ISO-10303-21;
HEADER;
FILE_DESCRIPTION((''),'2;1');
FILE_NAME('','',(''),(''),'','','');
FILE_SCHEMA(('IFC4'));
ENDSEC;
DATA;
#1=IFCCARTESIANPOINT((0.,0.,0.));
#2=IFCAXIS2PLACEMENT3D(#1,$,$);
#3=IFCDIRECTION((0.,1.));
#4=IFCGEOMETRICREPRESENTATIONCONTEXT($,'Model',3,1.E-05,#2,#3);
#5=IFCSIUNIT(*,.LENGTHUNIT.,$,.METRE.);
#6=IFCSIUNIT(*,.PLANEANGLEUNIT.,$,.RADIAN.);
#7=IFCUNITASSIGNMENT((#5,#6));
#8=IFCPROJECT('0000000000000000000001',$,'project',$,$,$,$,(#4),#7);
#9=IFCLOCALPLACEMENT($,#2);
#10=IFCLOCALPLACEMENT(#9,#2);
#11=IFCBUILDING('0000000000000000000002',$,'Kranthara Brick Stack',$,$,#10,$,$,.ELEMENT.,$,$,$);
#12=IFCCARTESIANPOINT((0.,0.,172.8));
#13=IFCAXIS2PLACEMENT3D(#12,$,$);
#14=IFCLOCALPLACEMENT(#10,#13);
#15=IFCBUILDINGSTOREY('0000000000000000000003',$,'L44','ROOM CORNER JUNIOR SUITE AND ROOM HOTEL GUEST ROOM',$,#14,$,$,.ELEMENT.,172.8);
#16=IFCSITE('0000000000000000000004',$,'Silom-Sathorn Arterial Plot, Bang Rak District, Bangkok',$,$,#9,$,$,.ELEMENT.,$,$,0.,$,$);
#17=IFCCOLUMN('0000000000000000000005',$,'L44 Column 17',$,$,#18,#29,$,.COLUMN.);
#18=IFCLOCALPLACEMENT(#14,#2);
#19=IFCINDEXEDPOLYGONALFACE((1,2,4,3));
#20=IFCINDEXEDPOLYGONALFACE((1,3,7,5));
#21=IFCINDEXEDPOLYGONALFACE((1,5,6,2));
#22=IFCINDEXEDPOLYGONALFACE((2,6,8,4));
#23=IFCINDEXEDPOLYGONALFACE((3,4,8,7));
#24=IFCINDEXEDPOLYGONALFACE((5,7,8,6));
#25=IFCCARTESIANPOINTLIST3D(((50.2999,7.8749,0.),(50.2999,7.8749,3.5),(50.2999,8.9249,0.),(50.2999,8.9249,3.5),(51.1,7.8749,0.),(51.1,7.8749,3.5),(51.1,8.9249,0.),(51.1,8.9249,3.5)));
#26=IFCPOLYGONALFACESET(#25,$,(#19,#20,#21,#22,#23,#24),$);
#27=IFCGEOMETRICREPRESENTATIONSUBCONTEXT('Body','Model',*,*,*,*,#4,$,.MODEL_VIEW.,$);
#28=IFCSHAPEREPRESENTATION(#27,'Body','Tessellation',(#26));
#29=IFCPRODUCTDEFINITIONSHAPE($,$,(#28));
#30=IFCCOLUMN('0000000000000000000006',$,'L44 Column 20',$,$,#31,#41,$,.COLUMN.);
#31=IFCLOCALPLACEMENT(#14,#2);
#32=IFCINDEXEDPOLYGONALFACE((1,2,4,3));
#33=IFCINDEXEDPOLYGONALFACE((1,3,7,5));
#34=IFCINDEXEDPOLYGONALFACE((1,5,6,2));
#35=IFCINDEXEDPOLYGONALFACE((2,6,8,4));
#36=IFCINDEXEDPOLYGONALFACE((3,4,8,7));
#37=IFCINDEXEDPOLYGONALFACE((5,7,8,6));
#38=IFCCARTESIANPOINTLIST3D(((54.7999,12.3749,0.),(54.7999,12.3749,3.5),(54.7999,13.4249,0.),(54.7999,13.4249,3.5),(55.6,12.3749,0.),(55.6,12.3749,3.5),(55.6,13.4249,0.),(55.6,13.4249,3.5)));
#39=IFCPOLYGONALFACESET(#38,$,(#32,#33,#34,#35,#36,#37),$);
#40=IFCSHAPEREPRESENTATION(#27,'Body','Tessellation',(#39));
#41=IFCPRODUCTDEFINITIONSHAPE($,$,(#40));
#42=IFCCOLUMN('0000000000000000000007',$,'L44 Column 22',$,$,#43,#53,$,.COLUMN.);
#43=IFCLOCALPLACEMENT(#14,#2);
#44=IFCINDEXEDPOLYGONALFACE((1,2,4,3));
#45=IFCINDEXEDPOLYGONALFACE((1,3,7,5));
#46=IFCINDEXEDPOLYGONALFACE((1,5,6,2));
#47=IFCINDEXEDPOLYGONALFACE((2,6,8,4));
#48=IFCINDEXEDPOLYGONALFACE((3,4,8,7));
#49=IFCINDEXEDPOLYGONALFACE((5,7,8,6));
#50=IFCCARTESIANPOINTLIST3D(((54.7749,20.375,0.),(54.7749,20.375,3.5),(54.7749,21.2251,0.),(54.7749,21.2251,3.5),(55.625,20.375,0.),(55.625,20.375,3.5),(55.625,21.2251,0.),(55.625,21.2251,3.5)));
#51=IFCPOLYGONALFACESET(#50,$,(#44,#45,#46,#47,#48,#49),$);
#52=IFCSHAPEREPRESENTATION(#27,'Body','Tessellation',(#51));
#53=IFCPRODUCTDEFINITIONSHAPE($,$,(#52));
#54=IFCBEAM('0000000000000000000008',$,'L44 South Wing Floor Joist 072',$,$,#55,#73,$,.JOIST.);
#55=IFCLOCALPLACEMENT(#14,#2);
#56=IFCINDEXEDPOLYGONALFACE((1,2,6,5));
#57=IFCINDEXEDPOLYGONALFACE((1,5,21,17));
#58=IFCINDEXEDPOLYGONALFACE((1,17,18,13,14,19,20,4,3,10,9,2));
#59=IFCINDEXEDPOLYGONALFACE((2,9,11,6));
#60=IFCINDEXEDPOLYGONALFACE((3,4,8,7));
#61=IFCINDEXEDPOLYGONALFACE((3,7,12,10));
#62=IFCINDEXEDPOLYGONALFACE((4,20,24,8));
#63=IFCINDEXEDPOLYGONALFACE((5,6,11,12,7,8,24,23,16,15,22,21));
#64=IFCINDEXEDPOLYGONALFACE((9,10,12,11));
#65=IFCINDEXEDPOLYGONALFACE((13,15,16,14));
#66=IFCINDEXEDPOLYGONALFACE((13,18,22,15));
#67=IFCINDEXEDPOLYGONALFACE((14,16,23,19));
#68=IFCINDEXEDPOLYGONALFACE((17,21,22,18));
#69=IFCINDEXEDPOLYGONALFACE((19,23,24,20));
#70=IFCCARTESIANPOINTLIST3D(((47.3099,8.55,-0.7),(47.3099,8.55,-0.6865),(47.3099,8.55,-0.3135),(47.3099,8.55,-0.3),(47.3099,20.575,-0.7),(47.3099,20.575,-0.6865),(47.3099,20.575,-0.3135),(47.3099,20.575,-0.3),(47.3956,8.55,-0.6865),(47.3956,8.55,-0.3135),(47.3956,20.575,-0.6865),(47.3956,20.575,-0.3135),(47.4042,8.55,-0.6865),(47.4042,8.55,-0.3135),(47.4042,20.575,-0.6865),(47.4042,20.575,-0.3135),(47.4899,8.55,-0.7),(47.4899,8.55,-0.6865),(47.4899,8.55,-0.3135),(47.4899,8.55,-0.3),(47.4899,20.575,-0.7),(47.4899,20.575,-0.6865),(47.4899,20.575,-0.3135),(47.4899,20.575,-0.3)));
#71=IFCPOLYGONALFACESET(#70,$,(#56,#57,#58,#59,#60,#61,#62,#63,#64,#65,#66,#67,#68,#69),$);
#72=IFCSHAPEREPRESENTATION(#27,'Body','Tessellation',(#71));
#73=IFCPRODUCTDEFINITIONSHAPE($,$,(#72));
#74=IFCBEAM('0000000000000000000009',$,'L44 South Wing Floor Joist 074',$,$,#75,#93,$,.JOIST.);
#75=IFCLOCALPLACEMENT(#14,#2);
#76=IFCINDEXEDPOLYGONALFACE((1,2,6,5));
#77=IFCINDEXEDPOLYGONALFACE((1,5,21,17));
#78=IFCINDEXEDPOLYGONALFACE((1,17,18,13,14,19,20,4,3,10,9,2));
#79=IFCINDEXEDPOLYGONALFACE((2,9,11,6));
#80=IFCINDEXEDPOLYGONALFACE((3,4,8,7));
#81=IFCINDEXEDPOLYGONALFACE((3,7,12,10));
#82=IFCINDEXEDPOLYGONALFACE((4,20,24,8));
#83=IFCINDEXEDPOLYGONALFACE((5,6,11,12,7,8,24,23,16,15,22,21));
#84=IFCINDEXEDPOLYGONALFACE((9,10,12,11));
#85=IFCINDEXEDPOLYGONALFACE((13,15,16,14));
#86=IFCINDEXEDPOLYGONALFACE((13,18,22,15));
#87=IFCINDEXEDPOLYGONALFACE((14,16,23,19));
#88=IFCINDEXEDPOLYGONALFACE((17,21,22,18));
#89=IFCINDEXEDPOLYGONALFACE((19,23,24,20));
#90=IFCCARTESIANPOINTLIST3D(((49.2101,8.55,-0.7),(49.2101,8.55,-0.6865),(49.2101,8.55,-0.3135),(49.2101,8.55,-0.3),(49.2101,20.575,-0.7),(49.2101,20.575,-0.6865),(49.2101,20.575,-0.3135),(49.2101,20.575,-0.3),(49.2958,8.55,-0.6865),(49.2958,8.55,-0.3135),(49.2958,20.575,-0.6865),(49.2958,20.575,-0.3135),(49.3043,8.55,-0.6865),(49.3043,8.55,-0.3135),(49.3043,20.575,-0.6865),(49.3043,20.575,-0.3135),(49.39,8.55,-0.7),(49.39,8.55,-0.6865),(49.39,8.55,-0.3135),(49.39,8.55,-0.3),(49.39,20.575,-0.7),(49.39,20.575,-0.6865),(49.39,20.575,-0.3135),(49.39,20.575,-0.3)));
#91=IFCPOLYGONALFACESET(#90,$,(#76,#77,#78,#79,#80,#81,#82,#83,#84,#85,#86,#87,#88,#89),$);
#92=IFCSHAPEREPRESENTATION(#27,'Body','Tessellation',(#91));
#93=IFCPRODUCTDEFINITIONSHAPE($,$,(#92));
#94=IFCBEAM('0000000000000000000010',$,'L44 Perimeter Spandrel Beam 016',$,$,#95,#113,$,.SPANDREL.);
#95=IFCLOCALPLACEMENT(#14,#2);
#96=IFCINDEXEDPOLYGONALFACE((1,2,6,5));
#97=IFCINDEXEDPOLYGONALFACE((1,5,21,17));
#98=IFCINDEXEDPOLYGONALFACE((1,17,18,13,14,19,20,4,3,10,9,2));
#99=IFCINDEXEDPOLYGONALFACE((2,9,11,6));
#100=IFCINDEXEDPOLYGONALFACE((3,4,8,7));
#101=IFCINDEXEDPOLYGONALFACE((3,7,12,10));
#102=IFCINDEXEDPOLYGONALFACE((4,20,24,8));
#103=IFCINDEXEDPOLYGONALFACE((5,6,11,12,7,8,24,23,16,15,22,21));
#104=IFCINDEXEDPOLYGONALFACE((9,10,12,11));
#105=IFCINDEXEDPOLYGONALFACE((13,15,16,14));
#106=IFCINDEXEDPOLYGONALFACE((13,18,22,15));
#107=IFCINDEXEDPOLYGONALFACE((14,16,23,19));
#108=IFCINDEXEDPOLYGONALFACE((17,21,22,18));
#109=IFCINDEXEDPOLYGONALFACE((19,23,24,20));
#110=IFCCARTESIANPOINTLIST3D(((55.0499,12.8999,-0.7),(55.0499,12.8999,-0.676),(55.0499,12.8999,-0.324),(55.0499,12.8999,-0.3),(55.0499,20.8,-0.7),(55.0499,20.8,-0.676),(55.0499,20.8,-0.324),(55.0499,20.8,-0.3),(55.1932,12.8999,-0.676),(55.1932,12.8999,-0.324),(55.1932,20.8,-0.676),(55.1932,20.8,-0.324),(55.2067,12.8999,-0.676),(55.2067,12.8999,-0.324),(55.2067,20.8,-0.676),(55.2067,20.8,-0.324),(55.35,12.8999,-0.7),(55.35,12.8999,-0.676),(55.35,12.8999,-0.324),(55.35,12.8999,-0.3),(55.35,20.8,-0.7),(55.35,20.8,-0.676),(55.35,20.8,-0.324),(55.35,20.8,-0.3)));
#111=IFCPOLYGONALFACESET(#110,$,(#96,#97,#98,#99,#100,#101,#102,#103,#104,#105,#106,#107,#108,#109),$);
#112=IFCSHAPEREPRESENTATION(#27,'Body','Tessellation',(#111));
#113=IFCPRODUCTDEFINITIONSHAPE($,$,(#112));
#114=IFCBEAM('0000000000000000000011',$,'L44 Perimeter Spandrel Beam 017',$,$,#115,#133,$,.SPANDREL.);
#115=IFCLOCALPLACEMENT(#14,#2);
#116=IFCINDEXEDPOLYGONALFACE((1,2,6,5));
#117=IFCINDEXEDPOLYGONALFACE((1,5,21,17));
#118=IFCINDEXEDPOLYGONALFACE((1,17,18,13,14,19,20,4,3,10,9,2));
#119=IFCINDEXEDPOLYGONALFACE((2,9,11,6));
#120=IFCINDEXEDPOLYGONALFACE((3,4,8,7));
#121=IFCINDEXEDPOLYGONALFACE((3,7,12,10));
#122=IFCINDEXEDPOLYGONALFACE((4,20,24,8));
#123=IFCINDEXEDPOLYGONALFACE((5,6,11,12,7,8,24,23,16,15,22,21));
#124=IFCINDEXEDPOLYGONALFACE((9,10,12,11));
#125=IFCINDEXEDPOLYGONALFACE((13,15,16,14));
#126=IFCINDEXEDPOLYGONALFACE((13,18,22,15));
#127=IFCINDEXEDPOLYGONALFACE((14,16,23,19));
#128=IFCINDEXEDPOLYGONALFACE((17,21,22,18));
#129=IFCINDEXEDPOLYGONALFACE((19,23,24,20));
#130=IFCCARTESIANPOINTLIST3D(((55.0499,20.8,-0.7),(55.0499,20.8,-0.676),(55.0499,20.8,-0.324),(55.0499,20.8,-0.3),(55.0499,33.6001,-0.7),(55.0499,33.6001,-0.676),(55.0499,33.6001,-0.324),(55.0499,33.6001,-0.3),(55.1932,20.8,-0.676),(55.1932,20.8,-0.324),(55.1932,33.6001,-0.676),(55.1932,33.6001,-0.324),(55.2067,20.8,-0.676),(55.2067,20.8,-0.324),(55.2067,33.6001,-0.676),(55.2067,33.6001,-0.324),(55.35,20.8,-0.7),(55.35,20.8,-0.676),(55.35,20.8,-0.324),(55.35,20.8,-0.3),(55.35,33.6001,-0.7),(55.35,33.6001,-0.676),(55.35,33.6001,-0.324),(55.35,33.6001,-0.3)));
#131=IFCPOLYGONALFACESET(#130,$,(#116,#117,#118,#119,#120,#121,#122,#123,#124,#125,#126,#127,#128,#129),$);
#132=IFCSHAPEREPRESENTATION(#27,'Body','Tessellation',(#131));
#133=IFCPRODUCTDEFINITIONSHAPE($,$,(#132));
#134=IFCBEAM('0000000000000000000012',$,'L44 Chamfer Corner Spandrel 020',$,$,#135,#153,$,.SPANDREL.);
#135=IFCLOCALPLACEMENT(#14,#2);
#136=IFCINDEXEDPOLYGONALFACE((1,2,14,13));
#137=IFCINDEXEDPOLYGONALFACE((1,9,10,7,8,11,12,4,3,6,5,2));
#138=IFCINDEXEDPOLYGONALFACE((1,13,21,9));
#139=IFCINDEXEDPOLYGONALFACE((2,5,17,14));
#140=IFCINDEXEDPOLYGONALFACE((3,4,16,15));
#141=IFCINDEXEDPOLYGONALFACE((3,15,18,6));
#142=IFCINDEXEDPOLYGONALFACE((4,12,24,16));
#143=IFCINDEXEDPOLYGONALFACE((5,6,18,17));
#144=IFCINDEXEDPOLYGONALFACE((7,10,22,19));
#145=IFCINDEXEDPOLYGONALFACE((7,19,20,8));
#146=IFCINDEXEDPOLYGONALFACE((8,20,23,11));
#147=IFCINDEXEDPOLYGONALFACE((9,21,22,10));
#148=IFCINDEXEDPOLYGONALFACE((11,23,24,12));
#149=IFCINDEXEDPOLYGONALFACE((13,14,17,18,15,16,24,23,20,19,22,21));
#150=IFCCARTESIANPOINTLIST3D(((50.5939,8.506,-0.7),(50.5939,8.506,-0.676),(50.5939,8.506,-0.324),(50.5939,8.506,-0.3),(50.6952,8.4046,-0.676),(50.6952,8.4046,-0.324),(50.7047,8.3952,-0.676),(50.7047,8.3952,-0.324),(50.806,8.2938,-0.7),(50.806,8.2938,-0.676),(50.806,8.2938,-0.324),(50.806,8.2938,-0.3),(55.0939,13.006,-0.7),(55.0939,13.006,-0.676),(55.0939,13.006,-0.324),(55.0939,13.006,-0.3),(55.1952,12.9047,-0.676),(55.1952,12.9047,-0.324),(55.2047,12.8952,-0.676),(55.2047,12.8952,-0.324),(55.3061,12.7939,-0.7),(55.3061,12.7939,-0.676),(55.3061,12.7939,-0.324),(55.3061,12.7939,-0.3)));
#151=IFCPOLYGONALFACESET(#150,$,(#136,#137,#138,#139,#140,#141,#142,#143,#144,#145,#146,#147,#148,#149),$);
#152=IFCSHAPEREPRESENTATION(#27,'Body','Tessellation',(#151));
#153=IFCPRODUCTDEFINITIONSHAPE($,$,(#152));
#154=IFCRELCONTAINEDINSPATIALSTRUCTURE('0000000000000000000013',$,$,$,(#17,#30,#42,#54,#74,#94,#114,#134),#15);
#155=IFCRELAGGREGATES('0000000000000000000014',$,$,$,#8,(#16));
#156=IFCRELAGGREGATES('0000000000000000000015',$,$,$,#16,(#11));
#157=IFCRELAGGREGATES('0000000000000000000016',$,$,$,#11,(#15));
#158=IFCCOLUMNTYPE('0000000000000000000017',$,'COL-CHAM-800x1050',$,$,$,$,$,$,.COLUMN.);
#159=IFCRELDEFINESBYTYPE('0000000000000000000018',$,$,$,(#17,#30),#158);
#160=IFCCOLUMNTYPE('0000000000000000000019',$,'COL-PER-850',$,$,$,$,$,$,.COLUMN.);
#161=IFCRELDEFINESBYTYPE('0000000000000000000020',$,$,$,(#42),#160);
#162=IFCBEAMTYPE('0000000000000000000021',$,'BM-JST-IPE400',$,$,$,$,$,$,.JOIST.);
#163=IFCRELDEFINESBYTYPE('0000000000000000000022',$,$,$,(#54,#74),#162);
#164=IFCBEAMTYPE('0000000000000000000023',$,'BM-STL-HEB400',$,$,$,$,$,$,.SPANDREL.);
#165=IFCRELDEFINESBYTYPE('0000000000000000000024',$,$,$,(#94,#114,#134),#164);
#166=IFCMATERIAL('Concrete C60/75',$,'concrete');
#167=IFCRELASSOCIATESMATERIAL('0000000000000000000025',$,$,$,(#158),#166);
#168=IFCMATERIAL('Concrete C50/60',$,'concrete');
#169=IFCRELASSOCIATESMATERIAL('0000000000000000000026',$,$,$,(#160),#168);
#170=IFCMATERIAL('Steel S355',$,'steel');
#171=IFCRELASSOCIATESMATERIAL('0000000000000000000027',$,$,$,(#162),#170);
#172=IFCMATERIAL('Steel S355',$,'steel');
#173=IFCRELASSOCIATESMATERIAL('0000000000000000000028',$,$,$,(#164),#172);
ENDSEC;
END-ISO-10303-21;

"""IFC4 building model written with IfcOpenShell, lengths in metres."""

from ifc_helpers import new_model, si_unit, direction, frame, origin, origin_2d, place, context, subcontext, project, spatial, rectangle, i_section, extrude, material, material_profile, profile_set, type_object, element, save


model = new_model("IFC4")

# Units and contexts
model_context = context("Model", 3, precision=1e-05, world=origin(), true_north=direction((0.0, 1.0)))
body_context = subcontext(model_context, "Body", "Model", "MODEL_VIEW")
ifc_project = project(units=[si_unit("LENGTHUNIT", "METRE"), si_unit("PLANEANGLEUNIT", "RADIAN")], contexts=[model_context])

# Site, building, storey
site_placement = place(None, origin())
site = spatial("IfcSite", under=ifc_project, at=site_placement, Name="Silom-Sathorn Arterial Plot, Bang Rak District, Bangkok", CompositionType="ELEMENT", RefElevation=0.0)
building_placement = place(site_placement, origin())
building = spatial("IfcBuilding", under=site, at=building_placement, Name="Kranthara Brick Stack", CompositionType="ELEMENT")
storey_placement = place(building_placement, frame((0.0, 0.0, 172.8)))
storey = spatial("IfcBuildingStorey", under=building, at=storey_placement, Name="L44", Description="ROOM CORNER JUNIOR SUITE AND ROOM HOTEL GUEST ROOM", CompositionType="ELEMENT", Elevation=172.8)

# Columns
ifc_material_1 = material(Name="Concrete C60/75", Category="concrete")
ifc_material_profile_1 = material_profile(ifc_material_1, rectangle(XDim=0.8, YDim=1.05, at=origin_2d()), Name="RC 800x1050")
ifc_profile_set_1 = profile_set([ifc_material_profile_1], Name="Concrete C60/75")
column_type_1 = type_object("IfcColumnType", Name="COL-CHAM-800x1050", PredefinedType="COLUMN", material=ifc_profile_set_1)
for number, where, z_axis, x_axis, name in (
    (1, (50.7, 8.3999, 0.0), (0.0, 0.0, 1.0), (1.0, 0.0, 0.0), "L44 Column 17"),
    (2, (55.2, 12.8999, 0.0), (0.0, 0.0, 1.0), (1.0, 0.0, 0.0), "L44 Column 20"),
):
    element("IfcColumn", number, at=place(storey_placement, frame(where, z_axis=z_axis, x_axis=x_axis)), inside=storey, type_object=column_type_1, Name=name, PredefinedType="COLUMN", context=body_context, shape_type="SweptSolid", body=[
        extrude(rectangle(XDim=0.8, YDim=1.05, at=origin_2d()), origin(), (0.0, 0.0, 1.0), 3.5),
    ])
ifc_material_2 = material(Name="Concrete C50/60", Category="concrete")
ifc_material_profile_2 = material_profile(ifc_material_2, rectangle(XDim=0.8501, YDim=0.8501, at=origin_2d()), Name="RC 850x850")
ifc_profile_set_2 = profile_set([ifc_material_profile_2], Name="Concrete C50/60")
column_type_2 = type_object("IfcColumnType", Name="COL-PER-850", PredefinedType="COLUMN", material=ifc_profile_set_2)
column_placement = place(storey_placement, frame((55.2, 20.8, 0.0), z_axis=(0.0, 0.0, 1.0), x_axis=(1.0, 0.0, 0.0)))
element("IfcColumn", 3, at=column_placement, inside=storey, type_object=column_type_2, Name="L44 Column 22", PredefinedType="COLUMN", context=body_context, shape_type="SweptSolid", body=[
    extrude(rectangle(XDim=0.8501, YDim=0.8501, at=origin_2d()), origin(), (0.0, 0.0, 1.0), 3.5),
])

# Beams
ifc_material_3 = material(Name="Steel S355", Category="steel")
ifc_material_profile_3 = material_profile(ifc_material_3, i_section(OverallWidth=0.1799, OverallDepth=0.3999, WebThickness=0.0085, FlangeThickness=0.0134, at=origin_2d()), Name="IPE 400")
ifc_profile_set_3 = profile_set([ifc_material_profile_3], Name="Steel S355")
beam_type_1 = type_object("IfcBeamType", Name="BM-JST-IPE400", PredefinedType="JOIST", material=ifc_profile_set_3)
for number, where, z_axis, x_axis, name in (
    (4, (47.3999, 8.55, -0.5), (0.0, 1.0, 0.0), (-1.0, 0.0, 0.0), "L44 South Wing Floor Joist 072"),
    (5, (49.3, 8.55, -0.5), (0.0, 1.0, 0.0), (-1.0, 0.0, 0.0), "L44 South Wing Floor Joist 074"),
):
    element("IfcBeam", number, at=place(storey_placement, frame(where, z_axis=z_axis, x_axis=x_axis)), inside=storey, type_object=beam_type_1, Name=name, PredefinedType="JOIST", context=body_context, shape_type="SweptSolid", body=[
        extrude(i_section(OverallWidth=0.1799, OverallDepth=0.3999, WebThickness=0.0085, FlangeThickness=0.0134, at=origin_2d()), origin(), (0.0, 0.0, 1.0), 12.0249),
    ])
ifc_material_4 = material(Name="Steel S355", Category="steel")
ifc_material_profile_4 = material_profile(ifc_material_4, i_section(OverallWidth=0.3, OverallDepth=0.3999, WebThickness=0.0134, FlangeThickness=0.0239, at=origin_2d()), Name="HEB 400")
ifc_profile_set_4 = profile_set([ifc_material_profile_4], Name="Steel S355")
beam_type_2 = type_object("IfcBeamType", Name="BM-STL-HEB400", PredefinedType="SPANDREL", material=ifc_profile_set_4)
beam_1_placement = place(storey_placement, frame((55.2, 12.8999, -0.5), z_axis=(0.0, 1.0, 0.0), x_axis=(-1.0, 0.0, 0.0)))
element("IfcBeam", 6, at=beam_1_placement, inside=storey, type_object=beam_type_2, Name="L44 Perimeter Spandrel Beam 016", PredefinedType="SPANDREL", context=body_context, shape_type="SweptSolid", body=[
    extrude(i_section(OverallWidth=0.3, OverallDepth=0.3999, WebThickness=0.0134, FlangeThickness=0.0239, at=origin_2d()), origin(), (0.0, 0.0, 1.0), 7.9001),
])
beam_2_placement = place(storey_placement, frame((55.2, 20.8, -0.5), z_axis=(0.0, 1.0, 0.0), x_axis=(-1.0, 0.0, 0.0)))
element("IfcBeam", 7, at=beam_2_placement, inside=storey, type_object=beam_type_2, Name="L44 Perimeter Spandrel Beam 017", PredefinedType="SPANDREL", context=body_context, shape_type="SweptSolid", body=[
    extrude(i_section(OverallWidth=0.3, OverallDepth=0.3999, WebThickness=0.0134, FlangeThickness=0.0239, at=origin_2d()), origin(), (0.0, 0.0, 1.0), 12.8),
])
beam_3_placement = place(storey_placement, frame((50.7, 8.3999, -0.5), z_axis=(0.707107, 0.707107, 0.0), x_axis=(-0.707107, 0.707107, 0.0)))
element("IfcBeam", 8, at=beam_3_placement, inside=storey, type_object=beam_type_2, Name="L44 Chamfer Corner Spandrel 020", PredefinedType="SPANDREL", context=body_context, shape_type="SweptSolid", body=[
    extrude(i_section(OverallWidth=0.3, OverallDepth=0.3999, WebThickness=0.0134, FlangeThickness=0.0239, at=origin_2d()), origin(), (0.0, 0.0, 1.0), 6.364),
])

save(model, "model.ifc")
